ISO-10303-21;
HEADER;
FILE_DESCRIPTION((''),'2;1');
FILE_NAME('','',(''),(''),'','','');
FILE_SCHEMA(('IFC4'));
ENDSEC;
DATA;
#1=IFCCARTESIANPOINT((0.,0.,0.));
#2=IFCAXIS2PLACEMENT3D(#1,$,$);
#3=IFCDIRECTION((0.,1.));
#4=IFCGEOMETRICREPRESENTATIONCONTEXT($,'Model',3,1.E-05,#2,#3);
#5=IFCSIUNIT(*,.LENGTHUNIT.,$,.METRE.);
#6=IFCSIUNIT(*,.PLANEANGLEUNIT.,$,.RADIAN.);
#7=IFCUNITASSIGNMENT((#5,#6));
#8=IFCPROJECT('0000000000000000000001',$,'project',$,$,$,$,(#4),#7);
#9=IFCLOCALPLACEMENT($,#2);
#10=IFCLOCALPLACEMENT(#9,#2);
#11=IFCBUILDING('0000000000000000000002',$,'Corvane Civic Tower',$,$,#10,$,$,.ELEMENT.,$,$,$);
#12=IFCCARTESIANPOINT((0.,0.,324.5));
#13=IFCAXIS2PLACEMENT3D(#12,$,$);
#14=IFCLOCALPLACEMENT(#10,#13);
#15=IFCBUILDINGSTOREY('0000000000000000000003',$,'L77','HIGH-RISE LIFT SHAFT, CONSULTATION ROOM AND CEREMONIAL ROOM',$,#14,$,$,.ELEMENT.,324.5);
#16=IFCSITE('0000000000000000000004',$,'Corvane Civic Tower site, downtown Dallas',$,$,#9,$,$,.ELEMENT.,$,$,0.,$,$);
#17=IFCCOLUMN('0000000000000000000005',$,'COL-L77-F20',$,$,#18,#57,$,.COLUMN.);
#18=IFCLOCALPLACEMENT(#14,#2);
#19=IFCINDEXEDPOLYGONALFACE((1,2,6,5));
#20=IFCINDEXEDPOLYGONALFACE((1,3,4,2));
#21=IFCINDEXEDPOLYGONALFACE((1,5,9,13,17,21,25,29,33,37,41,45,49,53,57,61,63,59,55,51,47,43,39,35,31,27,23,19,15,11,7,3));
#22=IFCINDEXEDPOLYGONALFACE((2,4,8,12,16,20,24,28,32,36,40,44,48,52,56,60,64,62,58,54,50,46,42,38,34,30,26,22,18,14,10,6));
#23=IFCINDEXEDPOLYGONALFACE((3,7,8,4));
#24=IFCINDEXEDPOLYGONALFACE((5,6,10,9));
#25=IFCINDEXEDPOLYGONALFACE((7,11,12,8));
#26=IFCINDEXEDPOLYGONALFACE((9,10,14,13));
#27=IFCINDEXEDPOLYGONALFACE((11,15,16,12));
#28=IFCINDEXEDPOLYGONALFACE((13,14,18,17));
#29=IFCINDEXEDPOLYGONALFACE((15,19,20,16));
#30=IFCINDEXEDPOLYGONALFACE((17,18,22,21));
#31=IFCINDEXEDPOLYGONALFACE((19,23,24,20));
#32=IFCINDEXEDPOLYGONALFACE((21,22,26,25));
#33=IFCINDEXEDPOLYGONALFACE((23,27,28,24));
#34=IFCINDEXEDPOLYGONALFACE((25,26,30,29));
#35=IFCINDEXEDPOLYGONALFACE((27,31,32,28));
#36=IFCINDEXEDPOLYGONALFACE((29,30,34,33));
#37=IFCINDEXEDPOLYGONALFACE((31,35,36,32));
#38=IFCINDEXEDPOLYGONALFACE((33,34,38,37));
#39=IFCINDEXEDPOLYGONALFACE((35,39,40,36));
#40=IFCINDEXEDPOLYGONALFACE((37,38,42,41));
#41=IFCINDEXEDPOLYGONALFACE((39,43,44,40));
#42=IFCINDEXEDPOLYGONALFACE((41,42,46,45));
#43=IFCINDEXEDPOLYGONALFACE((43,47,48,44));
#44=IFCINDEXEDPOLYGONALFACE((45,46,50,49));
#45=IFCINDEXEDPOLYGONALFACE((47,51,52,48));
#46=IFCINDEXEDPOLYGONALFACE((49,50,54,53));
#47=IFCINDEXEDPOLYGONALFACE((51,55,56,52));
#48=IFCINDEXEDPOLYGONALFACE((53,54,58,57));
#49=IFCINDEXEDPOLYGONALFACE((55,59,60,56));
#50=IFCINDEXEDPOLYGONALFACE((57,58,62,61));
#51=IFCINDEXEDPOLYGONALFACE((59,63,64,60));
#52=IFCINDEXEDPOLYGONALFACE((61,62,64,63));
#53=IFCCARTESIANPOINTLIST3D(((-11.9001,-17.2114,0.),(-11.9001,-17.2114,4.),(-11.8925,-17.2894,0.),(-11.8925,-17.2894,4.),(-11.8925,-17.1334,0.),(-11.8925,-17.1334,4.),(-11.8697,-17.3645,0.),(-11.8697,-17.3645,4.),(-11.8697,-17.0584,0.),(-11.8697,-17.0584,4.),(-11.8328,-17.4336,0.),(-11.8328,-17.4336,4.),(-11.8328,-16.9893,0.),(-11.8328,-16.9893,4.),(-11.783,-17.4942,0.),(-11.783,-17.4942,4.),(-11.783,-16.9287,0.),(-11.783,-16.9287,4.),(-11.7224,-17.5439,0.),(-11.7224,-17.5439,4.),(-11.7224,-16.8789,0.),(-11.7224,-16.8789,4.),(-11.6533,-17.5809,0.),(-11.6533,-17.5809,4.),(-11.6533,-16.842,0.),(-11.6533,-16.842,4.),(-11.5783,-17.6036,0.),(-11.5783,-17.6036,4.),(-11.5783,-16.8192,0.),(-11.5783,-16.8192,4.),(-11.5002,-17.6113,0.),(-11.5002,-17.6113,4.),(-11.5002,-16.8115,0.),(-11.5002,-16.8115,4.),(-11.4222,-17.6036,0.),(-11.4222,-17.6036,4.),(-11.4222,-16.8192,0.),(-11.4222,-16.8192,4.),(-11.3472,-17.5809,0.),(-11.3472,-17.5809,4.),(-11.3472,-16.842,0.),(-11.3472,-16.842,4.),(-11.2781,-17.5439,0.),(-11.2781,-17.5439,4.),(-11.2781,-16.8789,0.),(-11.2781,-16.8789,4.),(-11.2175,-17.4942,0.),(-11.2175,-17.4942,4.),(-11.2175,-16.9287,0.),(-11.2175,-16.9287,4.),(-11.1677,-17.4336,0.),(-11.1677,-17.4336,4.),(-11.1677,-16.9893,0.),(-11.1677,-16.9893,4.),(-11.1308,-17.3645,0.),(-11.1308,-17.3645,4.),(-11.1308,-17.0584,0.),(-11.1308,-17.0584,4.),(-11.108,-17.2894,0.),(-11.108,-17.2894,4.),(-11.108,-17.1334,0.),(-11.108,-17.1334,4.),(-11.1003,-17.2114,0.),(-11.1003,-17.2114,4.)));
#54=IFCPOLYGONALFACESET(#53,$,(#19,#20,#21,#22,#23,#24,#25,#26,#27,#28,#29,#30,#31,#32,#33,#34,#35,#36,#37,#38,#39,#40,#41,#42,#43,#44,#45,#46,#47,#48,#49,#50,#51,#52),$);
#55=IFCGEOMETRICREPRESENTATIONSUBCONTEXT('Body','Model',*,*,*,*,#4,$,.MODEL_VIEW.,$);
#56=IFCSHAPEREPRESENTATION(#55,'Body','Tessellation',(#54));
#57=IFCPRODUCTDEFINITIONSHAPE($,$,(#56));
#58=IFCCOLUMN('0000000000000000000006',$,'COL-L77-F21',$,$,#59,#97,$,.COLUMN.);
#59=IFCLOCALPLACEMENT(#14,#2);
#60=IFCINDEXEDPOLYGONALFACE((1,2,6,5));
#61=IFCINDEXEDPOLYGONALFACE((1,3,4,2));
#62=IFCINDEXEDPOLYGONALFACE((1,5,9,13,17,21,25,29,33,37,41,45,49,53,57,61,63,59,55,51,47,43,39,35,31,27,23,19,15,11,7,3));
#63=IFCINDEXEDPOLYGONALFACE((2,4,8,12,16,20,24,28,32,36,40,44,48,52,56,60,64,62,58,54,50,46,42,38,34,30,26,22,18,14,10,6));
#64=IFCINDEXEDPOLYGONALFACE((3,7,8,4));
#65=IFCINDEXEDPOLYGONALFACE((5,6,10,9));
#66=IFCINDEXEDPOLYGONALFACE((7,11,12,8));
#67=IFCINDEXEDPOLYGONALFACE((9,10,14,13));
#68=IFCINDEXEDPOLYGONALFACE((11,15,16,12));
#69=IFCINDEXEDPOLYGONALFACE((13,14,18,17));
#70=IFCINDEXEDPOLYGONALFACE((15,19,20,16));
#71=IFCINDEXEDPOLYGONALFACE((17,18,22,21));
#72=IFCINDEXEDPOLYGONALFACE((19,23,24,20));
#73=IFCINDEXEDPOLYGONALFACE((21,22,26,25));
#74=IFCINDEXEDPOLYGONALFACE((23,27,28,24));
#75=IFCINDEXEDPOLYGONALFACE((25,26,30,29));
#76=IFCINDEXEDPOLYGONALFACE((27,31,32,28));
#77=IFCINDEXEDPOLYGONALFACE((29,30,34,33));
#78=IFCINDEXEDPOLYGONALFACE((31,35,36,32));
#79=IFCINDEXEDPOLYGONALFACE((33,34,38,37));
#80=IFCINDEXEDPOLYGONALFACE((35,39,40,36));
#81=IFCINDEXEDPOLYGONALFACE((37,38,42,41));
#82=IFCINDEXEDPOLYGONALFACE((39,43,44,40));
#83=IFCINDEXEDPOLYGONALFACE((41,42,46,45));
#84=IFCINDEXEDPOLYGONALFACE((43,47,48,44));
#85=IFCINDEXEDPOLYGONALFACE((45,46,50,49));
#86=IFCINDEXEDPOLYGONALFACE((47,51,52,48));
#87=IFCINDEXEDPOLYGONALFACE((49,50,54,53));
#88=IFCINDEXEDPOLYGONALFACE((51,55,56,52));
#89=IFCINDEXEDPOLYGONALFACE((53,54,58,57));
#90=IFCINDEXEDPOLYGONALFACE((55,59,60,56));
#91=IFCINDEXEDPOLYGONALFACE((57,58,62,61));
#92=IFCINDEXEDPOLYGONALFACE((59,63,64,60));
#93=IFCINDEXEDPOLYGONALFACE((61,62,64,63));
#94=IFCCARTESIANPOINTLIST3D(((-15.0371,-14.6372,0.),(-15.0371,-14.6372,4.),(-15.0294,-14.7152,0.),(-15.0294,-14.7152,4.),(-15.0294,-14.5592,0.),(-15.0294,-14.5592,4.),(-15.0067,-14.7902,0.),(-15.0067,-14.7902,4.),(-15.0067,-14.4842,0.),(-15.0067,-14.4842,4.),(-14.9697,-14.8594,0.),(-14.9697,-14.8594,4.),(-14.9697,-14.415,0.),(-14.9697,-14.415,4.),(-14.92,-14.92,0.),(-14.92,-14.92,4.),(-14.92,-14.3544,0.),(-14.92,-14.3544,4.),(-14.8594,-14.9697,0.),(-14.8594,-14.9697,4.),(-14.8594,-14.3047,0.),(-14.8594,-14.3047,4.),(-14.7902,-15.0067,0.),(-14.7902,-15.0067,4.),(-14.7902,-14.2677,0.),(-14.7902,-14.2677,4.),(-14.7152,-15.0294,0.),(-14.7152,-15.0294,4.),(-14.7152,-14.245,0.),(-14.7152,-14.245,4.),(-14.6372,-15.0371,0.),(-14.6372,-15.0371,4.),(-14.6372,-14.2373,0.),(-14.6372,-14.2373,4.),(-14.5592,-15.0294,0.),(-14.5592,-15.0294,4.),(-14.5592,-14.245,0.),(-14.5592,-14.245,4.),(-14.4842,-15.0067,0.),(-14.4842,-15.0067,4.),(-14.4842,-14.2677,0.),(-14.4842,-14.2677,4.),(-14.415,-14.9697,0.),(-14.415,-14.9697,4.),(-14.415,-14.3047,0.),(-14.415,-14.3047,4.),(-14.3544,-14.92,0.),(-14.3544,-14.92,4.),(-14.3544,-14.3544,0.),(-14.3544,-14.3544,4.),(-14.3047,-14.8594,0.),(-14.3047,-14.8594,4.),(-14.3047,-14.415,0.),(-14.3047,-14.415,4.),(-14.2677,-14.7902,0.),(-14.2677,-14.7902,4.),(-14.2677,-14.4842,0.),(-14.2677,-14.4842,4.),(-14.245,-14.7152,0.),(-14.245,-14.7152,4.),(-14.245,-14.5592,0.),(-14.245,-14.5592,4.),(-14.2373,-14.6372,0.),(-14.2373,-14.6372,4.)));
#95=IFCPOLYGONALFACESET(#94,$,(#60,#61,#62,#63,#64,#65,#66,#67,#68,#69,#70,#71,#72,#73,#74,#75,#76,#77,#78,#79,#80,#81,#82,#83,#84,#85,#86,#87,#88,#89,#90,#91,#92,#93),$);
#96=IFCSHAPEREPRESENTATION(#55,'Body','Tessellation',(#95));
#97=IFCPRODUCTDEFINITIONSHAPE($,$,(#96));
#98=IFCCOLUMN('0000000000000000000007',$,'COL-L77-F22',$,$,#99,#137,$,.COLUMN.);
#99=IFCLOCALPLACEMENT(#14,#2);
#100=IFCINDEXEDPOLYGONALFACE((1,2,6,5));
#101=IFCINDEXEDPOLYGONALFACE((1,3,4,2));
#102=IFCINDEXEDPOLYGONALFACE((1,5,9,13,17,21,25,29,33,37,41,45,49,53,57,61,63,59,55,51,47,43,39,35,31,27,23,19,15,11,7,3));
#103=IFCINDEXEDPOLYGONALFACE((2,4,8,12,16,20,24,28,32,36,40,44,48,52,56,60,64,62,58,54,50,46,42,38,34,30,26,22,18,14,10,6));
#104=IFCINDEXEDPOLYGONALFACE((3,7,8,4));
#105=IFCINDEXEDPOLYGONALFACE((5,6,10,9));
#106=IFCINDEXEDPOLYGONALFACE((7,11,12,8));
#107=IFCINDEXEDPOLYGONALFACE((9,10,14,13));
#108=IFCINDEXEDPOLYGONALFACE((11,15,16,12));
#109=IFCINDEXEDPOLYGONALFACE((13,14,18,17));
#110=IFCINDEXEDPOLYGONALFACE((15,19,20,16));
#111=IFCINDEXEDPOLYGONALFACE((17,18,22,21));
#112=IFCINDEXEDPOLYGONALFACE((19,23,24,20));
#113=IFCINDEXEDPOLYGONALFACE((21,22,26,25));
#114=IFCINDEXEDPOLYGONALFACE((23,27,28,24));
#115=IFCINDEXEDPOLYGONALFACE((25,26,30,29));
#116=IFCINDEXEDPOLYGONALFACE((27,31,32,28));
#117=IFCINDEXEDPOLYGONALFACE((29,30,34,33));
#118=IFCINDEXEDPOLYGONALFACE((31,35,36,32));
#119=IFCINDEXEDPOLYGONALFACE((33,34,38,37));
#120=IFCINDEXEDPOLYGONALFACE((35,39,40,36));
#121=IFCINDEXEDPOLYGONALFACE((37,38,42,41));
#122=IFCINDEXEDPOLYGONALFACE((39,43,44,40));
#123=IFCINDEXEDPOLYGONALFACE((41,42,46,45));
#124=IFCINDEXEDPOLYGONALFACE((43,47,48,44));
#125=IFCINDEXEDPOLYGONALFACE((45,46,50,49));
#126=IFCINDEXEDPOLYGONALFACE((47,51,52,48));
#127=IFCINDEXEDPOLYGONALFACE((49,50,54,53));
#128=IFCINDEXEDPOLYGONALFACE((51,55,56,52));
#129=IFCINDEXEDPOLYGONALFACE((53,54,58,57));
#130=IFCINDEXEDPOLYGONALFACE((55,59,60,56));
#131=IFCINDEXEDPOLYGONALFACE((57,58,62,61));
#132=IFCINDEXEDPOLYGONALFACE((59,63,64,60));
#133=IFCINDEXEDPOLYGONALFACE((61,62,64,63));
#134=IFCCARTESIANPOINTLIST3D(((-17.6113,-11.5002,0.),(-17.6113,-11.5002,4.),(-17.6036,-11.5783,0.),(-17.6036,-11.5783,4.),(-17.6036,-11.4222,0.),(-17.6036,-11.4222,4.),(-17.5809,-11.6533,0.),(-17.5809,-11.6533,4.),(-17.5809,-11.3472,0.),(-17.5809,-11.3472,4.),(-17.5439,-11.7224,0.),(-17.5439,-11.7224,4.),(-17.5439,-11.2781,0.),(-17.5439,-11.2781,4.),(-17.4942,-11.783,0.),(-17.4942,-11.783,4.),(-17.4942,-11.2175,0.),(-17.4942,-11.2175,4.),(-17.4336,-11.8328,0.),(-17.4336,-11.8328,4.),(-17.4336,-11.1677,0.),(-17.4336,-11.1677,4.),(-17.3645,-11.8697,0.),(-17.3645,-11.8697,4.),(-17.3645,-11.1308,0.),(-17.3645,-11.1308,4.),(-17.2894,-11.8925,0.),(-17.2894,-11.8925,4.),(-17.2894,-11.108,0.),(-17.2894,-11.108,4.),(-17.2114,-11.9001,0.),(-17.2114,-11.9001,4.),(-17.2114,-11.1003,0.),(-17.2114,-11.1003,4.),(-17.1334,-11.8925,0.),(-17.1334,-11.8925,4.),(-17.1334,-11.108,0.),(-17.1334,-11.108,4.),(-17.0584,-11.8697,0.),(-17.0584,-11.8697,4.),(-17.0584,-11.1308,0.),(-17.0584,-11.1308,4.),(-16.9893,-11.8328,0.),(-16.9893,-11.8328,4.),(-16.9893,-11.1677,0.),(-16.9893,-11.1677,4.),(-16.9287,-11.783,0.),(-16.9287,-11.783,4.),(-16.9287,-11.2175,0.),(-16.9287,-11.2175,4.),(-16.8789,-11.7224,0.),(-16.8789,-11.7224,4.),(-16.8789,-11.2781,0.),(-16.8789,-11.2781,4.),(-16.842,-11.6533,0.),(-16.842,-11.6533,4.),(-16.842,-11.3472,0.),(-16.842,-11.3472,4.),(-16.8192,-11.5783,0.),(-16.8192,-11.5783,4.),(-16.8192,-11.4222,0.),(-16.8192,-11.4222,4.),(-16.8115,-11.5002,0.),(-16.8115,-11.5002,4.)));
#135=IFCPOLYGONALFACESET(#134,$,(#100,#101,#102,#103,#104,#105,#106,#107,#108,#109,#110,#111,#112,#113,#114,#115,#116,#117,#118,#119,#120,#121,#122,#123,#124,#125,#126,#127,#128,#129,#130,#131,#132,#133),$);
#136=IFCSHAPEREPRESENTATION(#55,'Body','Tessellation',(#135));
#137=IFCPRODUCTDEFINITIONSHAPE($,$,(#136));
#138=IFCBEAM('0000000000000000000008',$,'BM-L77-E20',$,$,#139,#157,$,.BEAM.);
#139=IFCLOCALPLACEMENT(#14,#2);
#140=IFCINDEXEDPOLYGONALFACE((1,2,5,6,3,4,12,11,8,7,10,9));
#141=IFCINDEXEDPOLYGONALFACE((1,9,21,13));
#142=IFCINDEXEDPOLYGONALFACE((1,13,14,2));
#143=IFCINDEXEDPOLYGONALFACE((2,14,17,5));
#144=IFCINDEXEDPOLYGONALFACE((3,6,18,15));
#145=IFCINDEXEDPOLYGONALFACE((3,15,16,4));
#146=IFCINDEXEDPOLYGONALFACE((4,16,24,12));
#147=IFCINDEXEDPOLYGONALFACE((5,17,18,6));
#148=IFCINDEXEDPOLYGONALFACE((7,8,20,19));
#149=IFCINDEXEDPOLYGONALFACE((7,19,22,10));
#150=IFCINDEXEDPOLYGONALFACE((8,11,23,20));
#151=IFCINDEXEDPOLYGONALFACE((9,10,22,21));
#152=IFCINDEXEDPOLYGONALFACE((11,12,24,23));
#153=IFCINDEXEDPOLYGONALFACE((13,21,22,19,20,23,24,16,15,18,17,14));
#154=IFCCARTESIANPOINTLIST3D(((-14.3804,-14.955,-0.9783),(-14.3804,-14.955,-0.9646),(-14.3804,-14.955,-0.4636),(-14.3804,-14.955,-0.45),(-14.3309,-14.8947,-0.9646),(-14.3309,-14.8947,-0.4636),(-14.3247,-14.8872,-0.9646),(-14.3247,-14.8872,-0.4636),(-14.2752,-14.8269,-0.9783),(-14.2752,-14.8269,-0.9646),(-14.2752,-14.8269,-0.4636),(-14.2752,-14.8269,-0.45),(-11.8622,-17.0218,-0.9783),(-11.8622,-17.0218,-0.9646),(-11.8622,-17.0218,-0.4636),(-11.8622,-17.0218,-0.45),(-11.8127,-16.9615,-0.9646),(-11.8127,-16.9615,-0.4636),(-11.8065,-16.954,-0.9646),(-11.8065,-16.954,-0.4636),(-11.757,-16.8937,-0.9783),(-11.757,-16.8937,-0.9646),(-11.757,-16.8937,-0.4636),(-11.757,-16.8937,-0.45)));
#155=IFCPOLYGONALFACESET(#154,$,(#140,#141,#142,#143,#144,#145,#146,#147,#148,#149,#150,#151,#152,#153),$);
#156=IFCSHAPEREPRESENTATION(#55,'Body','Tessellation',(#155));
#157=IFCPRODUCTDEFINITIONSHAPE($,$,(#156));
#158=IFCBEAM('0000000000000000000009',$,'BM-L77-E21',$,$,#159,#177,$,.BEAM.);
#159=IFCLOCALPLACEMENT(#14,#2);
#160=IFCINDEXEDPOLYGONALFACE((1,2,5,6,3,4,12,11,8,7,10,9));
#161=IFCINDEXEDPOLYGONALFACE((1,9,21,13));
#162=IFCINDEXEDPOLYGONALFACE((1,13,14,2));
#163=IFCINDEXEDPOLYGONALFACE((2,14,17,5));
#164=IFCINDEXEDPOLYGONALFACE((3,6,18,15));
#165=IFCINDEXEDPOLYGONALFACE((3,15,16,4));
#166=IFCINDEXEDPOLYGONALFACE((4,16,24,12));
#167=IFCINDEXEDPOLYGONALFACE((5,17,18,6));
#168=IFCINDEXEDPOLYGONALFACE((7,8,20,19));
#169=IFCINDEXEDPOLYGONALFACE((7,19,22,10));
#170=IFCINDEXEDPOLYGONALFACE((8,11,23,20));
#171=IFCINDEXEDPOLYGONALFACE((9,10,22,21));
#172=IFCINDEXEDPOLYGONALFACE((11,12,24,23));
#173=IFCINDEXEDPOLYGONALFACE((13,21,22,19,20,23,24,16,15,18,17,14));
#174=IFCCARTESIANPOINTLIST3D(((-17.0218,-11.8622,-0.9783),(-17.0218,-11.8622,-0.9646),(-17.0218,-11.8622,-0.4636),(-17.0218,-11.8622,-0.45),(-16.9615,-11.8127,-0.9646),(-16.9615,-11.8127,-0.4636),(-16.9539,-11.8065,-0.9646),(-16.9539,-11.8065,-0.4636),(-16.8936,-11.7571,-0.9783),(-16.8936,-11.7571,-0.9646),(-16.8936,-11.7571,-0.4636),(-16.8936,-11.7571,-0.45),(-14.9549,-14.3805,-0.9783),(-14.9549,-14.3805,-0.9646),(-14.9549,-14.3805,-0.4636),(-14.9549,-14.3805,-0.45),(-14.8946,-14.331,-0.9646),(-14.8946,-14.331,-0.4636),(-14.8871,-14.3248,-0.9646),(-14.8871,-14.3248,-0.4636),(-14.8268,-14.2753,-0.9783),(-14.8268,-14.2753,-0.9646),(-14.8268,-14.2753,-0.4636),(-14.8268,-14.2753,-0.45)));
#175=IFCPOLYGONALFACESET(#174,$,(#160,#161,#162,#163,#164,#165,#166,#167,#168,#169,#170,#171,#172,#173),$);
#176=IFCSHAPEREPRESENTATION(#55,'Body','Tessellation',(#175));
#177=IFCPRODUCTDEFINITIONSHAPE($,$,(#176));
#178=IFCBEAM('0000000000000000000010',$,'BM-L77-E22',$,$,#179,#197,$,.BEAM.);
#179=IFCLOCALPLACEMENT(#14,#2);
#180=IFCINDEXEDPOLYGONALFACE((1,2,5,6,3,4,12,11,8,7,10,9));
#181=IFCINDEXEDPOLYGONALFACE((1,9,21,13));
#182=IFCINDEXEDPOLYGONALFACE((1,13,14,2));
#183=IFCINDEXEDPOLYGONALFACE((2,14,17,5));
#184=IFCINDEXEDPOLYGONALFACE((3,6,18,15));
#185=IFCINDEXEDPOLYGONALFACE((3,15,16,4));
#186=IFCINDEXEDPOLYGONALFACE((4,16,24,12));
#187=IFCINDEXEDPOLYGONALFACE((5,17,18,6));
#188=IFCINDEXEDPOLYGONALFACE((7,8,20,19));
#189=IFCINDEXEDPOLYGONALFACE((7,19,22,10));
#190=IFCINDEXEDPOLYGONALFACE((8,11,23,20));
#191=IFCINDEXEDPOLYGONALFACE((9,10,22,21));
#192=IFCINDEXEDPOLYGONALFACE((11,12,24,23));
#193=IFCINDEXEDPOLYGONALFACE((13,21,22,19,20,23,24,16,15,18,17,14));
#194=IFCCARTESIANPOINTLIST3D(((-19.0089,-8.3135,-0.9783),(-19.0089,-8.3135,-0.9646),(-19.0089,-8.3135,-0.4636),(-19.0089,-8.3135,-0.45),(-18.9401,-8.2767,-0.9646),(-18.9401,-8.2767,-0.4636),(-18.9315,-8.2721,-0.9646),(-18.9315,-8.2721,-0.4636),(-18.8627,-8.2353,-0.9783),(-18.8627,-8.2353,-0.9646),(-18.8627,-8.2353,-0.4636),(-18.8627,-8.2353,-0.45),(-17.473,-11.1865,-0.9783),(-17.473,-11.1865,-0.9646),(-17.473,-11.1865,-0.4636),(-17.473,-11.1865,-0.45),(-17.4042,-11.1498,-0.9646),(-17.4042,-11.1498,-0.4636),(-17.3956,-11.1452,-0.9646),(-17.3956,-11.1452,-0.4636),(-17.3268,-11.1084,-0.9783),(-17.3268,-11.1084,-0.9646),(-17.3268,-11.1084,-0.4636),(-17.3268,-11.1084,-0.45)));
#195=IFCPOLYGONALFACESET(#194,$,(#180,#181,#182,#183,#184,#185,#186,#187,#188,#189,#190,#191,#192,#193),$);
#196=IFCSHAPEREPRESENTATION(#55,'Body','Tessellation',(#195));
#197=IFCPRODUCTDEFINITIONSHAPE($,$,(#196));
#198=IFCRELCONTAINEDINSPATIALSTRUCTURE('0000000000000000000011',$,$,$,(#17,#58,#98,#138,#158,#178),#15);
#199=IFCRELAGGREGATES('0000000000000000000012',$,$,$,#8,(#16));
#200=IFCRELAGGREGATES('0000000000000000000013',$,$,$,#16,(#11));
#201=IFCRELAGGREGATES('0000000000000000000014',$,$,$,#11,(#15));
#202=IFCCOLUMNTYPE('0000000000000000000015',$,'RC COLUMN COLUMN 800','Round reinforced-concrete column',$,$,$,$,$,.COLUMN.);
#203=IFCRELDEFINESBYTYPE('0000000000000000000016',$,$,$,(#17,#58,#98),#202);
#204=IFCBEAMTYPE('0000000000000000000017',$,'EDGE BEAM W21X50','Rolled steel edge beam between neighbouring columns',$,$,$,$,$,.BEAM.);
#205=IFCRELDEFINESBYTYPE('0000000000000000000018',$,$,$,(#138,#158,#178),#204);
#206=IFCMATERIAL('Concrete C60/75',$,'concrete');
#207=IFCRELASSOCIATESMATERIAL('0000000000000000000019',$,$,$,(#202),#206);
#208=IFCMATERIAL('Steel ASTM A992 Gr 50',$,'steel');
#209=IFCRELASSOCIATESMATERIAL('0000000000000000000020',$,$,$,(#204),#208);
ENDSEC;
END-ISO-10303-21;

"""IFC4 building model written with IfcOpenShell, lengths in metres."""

from ifc_helpers import new_model, si_unit, direction, frame, origin, origin_2d, place, context, subcontext, project, spatial, circle, i_section, extrude, material, material_profile, profile_set, type_object, element, save


model = new_model("IFC4")

# Units and contexts
model_context = context("Model", 3, precision=1e-05, world=origin(), true_north=direction((0.0, 1.0)))
body_context = subcontext(model_context, "Body", "Model", "MODEL_VIEW")
ifc_project = project(units=[si_unit("LENGTHUNIT", "METRE"), si_unit("PLANEANGLEUNIT", "RADIAN")], contexts=[model_context])

# Site, building, storey
site_placement = place(None, origin())
site = spatial("IfcSite", under=ifc_project, at=site_placement, Name="Corvane Civic Tower site, downtown Dallas", CompositionType="ELEMENT", RefElevation=0.0)
building_placement = place(site_placement, origin())
building = spatial("IfcBuilding", under=site, at=building_placement, Name="Corvane Civic Tower", CompositionType="ELEMENT")
storey_placement = place(building_placement, frame((0.0, 0.0, 324.5)))
storey = spatial("IfcBuildingStorey", under=building, at=storey_placement, Name="L77", Description="HIGH-RISE LIFT SHAFT, CONSULTATION ROOM AND CEREMONIAL ROOM", CompositionType="ELEMENT", Elevation=324.5)

# Columns
ifc_material_1 = material(Name="Concrete C60/75", Category="concrete")
ifc_material_profile_1 = material_profile(ifc_material_1, circle(Radius=0.3999, at=origin_2d()), Name="COLUMN 800")
ifc_profile_set_1 = profile_set([ifc_material_profile_1], Name="Concrete C60/75")
column_type = type_object("IfcColumnType", Name="RC COLUMN COLUMN 800", Description="Round reinforced-concrete column", PredefinedType="COLUMN", material=ifc_profile_set_1)
for number, where, z_axis, x_axis, name in (
    (1, (-11.5002, -17.2114, 0.0), (0.0, 0.0, 1.0), (1.0, 0.0, 0.0), "COL-L77-F20"),
    (2, (-14.6372, -14.6372, 0.0), (0.0, 0.0, 1.0), (1.0, 0.0, 0.0), "COL-L77-F21"),
    (3, (-17.2114, -11.5002, 0.0), (0.0, 0.0, 1.0), (1.0, 0.0, 0.0), "COL-L77-F22"),
):
    element("IfcColumn", number, at=place(storey_placement, frame(where, z_axis=z_axis, x_axis=x_axis)), inside=storey, type_object=column_type, Name=name, PredefinedType="COLUMN", context=body_context, shape_type="SweptSolid", body=[
        extrude(circle(Radius=0.3999, at=origin_2d()), origin(), (0.0, 0.0, 1.0), 4.0),
    ])

# Beams
ifc_material_2 = material(Name="Steel ASTM A992 Gr 50", Category="steel")
ifc_material_profile_2 = material_profile(ifc_material_2, i_section(OverallWidth=0.1658, OverallDepth=0.5283, WebThickness=0.0098, FlangeThickness=0.0137, at=origin_2d()), Name="W21X50")
ifc_profile_set_2 = profile_set([ifc_material_profile_2], Name="Steel ASTM A992 Gr 50")
beam_type_1 = type_object("IfcBeamType", Name="EDGE BEAM W21X50", Description="Rolled steel edge beam between neighbouring columns", PredefinedType="BEAM", material=ifc_profile_set_2)
for number, where, z_axis, x_axis, name in (
    (4, (-11.8096, -16.9578, -0.7141), (-0.772985, 0.634425, 0.0), (-0.634425, -0.772985, 0.0), "BM-L77-E20"),
    (5, (-14.8909, -14.3279, -0.7141), (-0.634425, 0.772985, 0.0), (-0.772985, -0.634425, 0.0), "BM-L77-E21"),
    (6, (-17.3999, -11.1475, -0.7141), (-0.471448, 0.881894, 0.0), (-0.881894, -0.471448, 0.0), "BM-L77-E22"),
):
    element("IfcBeam", number, at=place(storey_placement, frame(where, z_axis=z_axis, x_axis=x_axis)), inside=storey, type_object=beam_type_1, Name=name, PredefinedType="BEAM", context=body_context, shape_type="SweptSolid", body=[
        extrude(i_section(OverallWidth=0.1658, OverallDepth=0.5283, WebThickness=0.0098, FlangeThickness=0.0137, at=origin_2d()), origin(), (0.0, 0.0, 1.0), 3.2578),
    ])

save(model, "model.ifc")
